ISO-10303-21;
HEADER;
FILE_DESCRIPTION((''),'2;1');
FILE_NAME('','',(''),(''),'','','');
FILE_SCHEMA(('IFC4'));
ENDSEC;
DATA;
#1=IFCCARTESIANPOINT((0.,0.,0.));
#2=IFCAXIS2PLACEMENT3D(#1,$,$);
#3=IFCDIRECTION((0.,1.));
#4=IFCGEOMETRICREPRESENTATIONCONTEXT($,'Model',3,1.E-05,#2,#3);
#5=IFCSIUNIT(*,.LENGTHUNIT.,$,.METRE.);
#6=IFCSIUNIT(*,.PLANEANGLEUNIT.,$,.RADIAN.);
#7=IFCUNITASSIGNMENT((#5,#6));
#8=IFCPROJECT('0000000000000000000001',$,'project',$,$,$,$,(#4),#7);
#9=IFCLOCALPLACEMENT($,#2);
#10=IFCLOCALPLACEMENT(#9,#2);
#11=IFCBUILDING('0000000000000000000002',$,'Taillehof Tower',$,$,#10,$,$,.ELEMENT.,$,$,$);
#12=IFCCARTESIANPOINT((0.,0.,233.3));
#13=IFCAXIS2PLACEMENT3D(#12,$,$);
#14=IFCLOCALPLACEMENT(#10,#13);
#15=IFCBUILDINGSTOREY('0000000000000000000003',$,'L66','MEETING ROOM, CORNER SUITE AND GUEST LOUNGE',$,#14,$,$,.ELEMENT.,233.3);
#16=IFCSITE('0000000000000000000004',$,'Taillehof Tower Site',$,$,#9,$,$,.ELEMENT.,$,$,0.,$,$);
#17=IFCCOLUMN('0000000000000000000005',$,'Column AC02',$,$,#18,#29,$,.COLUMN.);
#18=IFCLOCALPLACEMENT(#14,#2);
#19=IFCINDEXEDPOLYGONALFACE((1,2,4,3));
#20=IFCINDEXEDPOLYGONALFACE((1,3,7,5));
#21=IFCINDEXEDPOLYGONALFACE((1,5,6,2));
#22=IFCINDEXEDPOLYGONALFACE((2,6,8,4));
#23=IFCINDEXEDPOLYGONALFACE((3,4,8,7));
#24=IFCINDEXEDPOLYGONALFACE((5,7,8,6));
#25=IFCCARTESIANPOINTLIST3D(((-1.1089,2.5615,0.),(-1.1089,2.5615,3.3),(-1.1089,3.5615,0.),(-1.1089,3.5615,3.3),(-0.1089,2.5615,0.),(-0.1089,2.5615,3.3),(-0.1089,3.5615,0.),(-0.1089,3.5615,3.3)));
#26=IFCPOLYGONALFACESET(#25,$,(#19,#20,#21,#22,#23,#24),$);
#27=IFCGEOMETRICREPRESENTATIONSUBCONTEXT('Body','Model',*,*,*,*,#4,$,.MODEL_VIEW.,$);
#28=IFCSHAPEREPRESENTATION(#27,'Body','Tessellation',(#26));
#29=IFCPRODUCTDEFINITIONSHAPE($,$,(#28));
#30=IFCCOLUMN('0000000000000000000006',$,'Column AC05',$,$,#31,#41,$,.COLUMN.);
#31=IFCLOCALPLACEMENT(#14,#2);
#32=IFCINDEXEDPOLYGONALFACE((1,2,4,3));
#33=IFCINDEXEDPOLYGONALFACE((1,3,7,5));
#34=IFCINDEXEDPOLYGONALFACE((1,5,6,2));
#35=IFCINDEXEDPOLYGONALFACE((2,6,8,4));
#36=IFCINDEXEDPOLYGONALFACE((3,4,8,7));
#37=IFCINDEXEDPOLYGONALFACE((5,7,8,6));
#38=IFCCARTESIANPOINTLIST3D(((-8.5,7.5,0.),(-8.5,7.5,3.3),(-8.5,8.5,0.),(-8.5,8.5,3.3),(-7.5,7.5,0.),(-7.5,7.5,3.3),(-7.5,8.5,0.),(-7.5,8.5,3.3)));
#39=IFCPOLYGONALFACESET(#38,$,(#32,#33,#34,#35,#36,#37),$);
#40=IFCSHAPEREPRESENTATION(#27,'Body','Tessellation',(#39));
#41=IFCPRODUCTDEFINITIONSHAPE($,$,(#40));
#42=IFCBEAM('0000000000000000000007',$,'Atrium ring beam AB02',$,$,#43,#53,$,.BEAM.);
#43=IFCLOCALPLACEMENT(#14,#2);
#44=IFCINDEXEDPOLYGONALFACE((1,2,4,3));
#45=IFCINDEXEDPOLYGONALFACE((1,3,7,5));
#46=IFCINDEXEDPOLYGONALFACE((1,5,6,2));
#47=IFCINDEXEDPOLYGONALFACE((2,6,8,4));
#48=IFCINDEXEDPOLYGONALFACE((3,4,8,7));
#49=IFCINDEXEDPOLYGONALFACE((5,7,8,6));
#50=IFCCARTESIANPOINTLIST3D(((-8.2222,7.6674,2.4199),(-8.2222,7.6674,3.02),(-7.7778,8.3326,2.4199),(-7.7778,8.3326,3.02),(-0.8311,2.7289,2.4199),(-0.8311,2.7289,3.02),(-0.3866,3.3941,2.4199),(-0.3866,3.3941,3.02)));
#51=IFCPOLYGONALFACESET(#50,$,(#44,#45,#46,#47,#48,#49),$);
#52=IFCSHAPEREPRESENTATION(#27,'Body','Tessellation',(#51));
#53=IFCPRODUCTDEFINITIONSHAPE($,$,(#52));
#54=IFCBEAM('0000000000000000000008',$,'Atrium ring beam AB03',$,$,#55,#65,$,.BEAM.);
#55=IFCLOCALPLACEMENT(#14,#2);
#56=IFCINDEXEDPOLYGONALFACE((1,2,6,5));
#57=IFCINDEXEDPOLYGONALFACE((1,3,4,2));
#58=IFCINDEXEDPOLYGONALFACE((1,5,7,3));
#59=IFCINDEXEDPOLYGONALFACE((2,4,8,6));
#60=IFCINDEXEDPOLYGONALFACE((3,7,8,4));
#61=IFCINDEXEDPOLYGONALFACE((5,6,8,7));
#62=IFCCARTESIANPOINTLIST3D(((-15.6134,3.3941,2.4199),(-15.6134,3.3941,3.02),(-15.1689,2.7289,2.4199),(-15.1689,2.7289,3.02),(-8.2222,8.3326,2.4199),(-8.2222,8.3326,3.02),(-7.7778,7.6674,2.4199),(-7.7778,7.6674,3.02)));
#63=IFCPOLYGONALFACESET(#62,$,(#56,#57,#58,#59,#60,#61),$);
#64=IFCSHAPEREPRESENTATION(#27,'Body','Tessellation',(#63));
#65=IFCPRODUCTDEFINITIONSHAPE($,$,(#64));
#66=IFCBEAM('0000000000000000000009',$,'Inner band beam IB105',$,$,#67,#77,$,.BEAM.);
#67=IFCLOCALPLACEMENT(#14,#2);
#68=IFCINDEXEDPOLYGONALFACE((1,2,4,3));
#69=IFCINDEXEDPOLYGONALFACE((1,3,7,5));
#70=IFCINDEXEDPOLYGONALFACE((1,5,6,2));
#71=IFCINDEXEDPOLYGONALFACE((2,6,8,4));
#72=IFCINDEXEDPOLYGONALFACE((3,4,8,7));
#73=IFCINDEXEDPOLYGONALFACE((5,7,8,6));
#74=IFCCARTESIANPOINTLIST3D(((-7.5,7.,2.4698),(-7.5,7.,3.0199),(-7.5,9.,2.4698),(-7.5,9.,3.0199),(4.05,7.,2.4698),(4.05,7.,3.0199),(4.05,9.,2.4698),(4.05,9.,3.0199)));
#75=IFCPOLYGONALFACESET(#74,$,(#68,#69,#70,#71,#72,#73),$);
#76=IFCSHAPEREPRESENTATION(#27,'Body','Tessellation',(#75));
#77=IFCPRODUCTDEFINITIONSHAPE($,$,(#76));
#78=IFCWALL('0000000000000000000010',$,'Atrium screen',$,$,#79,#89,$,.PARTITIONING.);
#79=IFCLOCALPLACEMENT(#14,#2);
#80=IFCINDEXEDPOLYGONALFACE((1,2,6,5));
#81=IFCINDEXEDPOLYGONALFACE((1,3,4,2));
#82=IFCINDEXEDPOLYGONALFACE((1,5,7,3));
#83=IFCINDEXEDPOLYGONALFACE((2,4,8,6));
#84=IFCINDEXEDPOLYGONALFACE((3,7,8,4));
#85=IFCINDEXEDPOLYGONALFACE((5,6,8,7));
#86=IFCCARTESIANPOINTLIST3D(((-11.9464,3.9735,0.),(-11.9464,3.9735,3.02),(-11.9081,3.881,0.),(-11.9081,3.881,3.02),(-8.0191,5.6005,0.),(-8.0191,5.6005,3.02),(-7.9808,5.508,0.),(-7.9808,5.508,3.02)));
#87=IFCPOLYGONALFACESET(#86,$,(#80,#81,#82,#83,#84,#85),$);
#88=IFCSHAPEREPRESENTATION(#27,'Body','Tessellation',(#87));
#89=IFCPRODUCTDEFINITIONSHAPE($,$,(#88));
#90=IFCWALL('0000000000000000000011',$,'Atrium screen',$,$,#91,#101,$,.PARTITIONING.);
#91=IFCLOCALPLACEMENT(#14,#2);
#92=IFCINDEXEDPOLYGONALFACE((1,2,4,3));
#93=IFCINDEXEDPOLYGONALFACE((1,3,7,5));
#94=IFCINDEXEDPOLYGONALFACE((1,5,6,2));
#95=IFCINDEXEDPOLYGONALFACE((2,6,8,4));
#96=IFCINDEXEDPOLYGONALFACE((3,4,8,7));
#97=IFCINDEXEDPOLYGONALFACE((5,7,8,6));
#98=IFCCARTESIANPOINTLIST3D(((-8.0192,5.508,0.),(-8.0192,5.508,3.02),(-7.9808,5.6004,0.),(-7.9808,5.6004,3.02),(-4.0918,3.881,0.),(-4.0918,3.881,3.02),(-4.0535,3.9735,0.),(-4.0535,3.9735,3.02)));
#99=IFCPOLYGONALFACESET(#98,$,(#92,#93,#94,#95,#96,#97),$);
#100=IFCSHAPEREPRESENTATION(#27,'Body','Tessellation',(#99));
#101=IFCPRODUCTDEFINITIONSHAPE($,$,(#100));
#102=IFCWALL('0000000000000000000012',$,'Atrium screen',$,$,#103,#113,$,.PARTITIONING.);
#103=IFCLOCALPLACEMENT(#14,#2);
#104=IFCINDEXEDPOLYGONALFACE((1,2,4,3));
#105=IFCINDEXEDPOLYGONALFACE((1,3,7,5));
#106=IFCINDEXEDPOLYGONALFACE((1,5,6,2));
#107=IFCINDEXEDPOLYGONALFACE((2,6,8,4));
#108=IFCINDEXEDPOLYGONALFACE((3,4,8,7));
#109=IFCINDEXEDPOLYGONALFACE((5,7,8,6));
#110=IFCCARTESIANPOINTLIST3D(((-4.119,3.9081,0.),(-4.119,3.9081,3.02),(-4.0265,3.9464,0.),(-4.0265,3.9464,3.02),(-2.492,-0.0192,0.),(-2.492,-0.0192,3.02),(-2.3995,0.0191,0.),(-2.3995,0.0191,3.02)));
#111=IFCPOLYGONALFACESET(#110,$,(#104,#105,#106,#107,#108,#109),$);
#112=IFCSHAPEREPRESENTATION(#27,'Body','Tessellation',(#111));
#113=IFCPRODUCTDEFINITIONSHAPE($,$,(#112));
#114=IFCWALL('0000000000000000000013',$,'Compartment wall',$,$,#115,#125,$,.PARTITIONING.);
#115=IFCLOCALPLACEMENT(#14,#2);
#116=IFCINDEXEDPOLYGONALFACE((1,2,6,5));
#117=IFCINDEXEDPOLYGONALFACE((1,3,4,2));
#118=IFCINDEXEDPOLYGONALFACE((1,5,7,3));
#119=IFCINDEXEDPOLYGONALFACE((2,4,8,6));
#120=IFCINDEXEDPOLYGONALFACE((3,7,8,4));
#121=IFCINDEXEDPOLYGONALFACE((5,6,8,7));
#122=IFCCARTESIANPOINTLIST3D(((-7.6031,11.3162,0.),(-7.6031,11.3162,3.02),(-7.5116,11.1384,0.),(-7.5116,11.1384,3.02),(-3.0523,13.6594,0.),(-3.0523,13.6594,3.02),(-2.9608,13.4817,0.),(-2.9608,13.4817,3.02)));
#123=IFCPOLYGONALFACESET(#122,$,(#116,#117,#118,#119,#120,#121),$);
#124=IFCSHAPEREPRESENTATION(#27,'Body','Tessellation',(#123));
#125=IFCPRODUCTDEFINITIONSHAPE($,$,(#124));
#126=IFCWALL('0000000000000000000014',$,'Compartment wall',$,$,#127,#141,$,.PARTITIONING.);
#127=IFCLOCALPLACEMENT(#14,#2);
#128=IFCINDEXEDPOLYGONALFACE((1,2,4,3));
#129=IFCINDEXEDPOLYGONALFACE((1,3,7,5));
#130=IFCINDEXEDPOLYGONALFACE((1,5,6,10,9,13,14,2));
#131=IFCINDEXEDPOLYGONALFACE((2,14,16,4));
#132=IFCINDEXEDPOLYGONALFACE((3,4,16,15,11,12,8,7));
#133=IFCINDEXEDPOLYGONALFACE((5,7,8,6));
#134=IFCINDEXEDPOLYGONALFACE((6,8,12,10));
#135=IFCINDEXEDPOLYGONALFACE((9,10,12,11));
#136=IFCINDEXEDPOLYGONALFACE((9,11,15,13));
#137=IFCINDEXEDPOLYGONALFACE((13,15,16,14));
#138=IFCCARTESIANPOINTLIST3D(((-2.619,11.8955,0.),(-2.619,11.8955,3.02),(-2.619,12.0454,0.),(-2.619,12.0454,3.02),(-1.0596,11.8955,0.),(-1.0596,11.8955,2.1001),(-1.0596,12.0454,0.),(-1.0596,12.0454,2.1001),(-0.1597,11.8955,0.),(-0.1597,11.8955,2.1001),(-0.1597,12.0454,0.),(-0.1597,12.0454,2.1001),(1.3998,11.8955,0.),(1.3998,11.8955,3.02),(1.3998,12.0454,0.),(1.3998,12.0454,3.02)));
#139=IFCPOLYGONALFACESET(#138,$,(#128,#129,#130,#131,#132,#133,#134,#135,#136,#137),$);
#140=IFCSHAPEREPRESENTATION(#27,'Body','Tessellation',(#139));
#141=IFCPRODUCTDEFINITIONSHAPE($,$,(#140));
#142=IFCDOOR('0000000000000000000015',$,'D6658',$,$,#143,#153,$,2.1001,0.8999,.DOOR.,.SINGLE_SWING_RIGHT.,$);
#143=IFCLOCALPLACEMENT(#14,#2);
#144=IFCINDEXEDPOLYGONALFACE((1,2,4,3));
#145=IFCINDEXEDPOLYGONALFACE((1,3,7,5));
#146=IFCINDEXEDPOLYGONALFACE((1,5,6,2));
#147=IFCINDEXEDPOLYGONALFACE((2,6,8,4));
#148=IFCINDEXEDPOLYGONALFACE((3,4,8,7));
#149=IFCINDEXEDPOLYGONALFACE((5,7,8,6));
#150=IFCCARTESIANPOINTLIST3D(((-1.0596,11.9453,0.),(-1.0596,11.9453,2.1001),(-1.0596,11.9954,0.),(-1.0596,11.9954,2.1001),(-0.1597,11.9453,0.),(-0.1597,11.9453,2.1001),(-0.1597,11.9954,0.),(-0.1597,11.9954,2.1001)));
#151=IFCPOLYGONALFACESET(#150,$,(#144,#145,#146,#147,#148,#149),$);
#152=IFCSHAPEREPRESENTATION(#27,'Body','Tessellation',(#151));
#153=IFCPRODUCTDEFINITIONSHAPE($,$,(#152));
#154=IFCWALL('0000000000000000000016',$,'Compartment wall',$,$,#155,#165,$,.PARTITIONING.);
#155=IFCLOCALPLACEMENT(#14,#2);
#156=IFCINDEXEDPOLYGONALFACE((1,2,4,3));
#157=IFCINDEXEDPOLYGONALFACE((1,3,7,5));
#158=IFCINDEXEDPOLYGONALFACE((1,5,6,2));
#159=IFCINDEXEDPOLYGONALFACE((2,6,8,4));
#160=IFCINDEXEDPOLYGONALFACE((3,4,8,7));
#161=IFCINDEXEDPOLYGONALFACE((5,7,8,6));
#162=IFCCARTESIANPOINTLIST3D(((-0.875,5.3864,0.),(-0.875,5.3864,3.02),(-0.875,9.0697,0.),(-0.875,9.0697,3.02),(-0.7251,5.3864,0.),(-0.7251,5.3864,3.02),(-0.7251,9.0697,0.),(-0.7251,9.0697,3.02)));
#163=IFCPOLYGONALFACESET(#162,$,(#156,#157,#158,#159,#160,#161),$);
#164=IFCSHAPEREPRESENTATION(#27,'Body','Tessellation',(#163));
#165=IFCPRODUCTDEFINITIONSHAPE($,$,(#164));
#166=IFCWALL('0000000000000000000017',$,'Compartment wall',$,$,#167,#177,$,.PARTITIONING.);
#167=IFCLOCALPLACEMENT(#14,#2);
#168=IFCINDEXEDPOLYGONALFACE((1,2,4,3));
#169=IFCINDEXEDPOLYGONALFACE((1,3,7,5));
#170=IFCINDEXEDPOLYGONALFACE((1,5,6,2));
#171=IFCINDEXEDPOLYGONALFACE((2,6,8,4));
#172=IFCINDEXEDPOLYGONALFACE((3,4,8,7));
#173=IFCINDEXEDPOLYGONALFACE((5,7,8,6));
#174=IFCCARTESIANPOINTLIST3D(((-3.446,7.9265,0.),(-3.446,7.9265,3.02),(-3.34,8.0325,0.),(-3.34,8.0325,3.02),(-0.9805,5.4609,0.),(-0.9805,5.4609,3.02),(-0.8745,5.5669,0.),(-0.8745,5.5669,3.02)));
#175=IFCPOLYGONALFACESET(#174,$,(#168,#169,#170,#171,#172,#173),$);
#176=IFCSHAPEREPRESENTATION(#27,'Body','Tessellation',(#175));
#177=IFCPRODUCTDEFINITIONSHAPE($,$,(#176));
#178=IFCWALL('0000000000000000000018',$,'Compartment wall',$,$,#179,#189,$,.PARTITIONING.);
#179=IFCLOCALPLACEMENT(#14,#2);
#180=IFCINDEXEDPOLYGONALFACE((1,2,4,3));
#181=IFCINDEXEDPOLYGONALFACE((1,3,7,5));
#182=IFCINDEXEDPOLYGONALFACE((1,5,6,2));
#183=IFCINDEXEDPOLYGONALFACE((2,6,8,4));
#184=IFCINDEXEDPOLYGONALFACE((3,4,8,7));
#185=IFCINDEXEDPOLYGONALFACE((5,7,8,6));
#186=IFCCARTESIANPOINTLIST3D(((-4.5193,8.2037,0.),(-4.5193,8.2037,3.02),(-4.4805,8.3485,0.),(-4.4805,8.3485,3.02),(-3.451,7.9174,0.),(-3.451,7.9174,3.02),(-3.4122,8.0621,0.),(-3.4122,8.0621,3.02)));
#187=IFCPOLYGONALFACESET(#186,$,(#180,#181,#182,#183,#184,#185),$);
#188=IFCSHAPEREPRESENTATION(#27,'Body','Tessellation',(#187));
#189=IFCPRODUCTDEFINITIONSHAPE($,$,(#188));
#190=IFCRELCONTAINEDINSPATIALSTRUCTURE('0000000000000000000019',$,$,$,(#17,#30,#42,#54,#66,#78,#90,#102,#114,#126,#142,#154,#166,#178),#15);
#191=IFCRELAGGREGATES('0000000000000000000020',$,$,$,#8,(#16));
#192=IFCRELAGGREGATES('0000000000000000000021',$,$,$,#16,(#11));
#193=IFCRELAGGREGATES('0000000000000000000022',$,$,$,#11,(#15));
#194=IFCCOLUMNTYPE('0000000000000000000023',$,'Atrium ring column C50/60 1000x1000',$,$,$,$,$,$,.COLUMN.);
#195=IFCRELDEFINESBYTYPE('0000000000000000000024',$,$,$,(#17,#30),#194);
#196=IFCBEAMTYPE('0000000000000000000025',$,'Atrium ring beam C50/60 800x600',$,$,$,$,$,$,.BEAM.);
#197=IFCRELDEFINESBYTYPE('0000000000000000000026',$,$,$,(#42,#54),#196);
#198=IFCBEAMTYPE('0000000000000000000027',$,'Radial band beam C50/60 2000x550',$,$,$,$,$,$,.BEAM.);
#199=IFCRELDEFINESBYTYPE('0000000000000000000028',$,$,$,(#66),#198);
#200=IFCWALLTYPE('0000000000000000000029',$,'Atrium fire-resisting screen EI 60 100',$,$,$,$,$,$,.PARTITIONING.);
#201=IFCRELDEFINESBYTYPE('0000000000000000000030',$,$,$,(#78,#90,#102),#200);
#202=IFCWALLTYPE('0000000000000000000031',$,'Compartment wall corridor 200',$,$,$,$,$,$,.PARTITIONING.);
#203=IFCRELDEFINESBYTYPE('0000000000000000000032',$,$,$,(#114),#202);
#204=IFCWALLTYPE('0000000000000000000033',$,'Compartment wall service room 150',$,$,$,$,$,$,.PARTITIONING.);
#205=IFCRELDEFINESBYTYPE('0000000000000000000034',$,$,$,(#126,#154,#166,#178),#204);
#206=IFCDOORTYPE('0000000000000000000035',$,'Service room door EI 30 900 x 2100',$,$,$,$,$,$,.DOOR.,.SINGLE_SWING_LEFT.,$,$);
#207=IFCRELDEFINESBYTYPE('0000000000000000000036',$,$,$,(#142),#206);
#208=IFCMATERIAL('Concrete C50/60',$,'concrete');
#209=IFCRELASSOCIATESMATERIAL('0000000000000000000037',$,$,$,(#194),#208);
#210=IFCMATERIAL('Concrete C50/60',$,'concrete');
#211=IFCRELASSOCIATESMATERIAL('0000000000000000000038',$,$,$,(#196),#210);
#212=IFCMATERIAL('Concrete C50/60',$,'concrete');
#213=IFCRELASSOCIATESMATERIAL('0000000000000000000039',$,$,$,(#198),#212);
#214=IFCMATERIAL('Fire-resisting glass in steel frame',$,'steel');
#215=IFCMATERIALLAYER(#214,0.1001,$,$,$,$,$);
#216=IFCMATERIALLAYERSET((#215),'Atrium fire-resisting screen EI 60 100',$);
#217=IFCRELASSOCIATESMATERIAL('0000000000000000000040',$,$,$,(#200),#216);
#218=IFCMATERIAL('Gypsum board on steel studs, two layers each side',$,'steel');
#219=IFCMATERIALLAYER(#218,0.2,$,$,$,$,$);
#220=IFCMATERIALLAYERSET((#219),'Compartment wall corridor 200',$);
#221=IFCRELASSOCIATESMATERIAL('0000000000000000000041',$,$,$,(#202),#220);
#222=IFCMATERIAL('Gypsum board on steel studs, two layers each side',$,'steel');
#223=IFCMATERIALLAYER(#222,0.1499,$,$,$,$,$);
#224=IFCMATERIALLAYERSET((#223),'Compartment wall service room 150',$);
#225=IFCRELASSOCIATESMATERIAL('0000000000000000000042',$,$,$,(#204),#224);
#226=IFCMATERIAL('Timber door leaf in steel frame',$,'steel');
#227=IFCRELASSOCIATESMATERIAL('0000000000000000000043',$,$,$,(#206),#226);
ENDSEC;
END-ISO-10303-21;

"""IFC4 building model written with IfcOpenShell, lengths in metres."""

from ifc_helpers import new_model, si_unit, direction, frame, frame_2d, origin, origin_2d, place, context, subcontext, project, spatial, rectangle, extrude, material, layer, layer_set, material_profile, profile_set, type_object, element, fill, save


model = new_model("IFC4")

# Units and contexts
model_context = context("Model", 3, precision=1e-05, world=origin(), true_north=direction((0.0, 1.0)))
body_context = subcontext(model_context, "Body", "Model", "MODEL_VIEW")
ifc_project = project(units=[si_unit("LENGTHUNIT", "METRE"), si_unit("PLANEANGLEUNIT", "RADIAN")], contexts=[model_context])

# Site, building, storey
site_placement = place(None, origin())
site = spatial("IfcSite", under=ifc_project, at=site_placement, Name="Taillehof Tower Site", CompositionType="ELEMENT", RefElevation=0.0)
building_placement = place(site_placement, origin())
building = spatial("IfcBuilding", under=site, at=building_placement, Name="Taillehof Tower", CompositionType="ELEMENT")
storey_placement = place(building_placement, frame((0.0, 0.0, 233.3)))
storey = spatial("IfcBuildingStorey", under=building, at=storey_placement, Name="L66", Description="MEETING ROOM, CORNER SUITE AND GUEST LOUNGE", CompositionType="ELEMENT", Elevation=233.3)

# Columns
ifc_material_1 = material(Name="Concrete C50/60", Category="concrete")
ifc_material_profile_1 = material_profile(ifc_material_1, rectangle(XDim=1.0, YDim=1.0, at=origin_2d()), Name="RC 1000x1000")
ifc_profile_set_1 = profile_set([ifc_material_profile_1], Name="Concrete C50/60")
column_type = type_object("IfcColumnType", Name="Atrium ring column C50/60 1000x1000", PredefinedType="COLUMN", material=ifc_profile_set_1)
for number, where, z_axis, x_axis, name in (
    (1, (-0.6089, 3.0615, 0.0), (0.0, 0.0, 1.0), (1.0, 0.0, 0.0), "Column AC02"),
    (2, (-8.0, 8.0, 0.0), (0.0, 0.0, 1.0), (1.0, 0.0, 0.0), "Column AC05"),
):
    element("IfcColumn", number, at=place(storey_placement, frame(where, z_axis=z_axis, x_axis=x_axis)), inside=storey, type_object=column_type, Name=name, PredefinedType="COLUMN", context=body_context, shape_type="SweptSolid", body=[
        extrude(rectangle(XDim=1.0, YDim=1.0, at=origin_2d()), origin(), (0.0, 0.0, 1.0), 3.3),
    ])

# Beams
ifc_material_2 = material(Name="Concrete C50/60", Category="concrete")
ifc_material_profile_2 = material_profile(ifc_material_2, rectangle(XDim=0.8, YDim=0.6001, at=origin_2d()), Name="RC 800x600")
ifc_profile_set_2 = profile_set([ifc_material_profile_2], Name="Concrete C50/60")
beam_type_1 = type_object("IfcBeamType", Name="Atrium ring beam C50/60 800x600", PredefinedType="BEAM", material=ifc_profile_set_2)
for number, where, z_axis, x_axis, name in (
    (3, (-0.6089, 3.0615, 2.72), (-0.831475, 0.555562, 0.0), (-0.555562, -0.831475, 0.0), "Atrium ring beam AB02"),
    (4, (-8.0, 8.0, 2.72), (-0.831475, -0.555562, 0.0), (0.555562, -0.831475, 0.0), "Atrium ring beam AB03"),
):
    element("IfcBeam", number, at=place(storey_placement, frame(where, z_axis=z_axis, x_axis=x_axis)), inside=storey, type_object=beam_type_1, Name=name, PredefinedType="BEAM", context=body_context, shape_type="SweptSolid", body=[
        extrude(rectangle(XDim=0.8, YDim=0.6001, at=origin_2d()), origin(), (0.0, 0.0, 1.0), 8.8892),
    ])
ifc_material_3 = material(Name="Concrete C50/60", Category="concrete")
ifc_material_profile_3 = material_profile(ifc_material_3, rectangle(XDim=2.0, YDim=0.55, at=origin_2d()), Name="RC 2000x550")
ifc_profile_set_3 = profile_set([ifc_material_profile_3], Name="Concrete C50/60")
beam_type_2 = type_object("IfcBeamType", Name="Radial band beam C50/60 2000x550", PredefinedType="BEAM", material=ifc_profile_set_3)
beam_placement = place(storey_placement, frame((-7.5, 8.0, 2.7449), z_axis=(1.0, 0.0, 0.0), x_axis=(0.0, 1.0, 0.0)))
element("IfcBeam", 5, at=beam_placement, inside=storey, type_object=beam_type_2, Name="Inner band beam IB105", PredefinedType="BEAM", context=body_context, shape_type="SweptSolid", body=[
    extrude(rectangle(XDim=2.0, YDim=0.55, at=origin_2d()), origin(), (0.0, 0.0, 1.0), 11.55),
])

# Walls
ifc_material_4 = material(Name="Fire-resisting glass in steel frame", Category="steel")
ifc_layer_1 = layer(ifc_material_4, 0.1001)
ifc_layer_set_1 = layer_set([ifc_layer_1], Name="Atrium fire-resisting screen EI 60 100")
wall_type_1 = type_object("IfcWallType", Name="Atrium fire-resisting screen EI 60 100", PredefinedType="PARTITIONING", material=ifc_layer_set_1)
for number, where, z_axis, x_axis, name in (
    (6, (-11.9272, 3.9272, 0.0), (0.0, 0.0, 1.0), (0.92386, 0.382731, 0.0), "Atrium screen"),
    (7, (-8.0, 5.5542, 0.0), (0.0, 0.0, 1.0), (0.92386, -0.382731, 0.0), "Atrium screen"),
    (8, (-4.0728, 3.9272, 0.0), (0.0, 0.0, 1.0), (0.382731, -0.92386, 0.0), "Atrium screen"),
):
    element("IfcWall", number, at=place(storey_placement, frame(where, z_axis=z_axis, x_axis=x_axis)), inside=storey, type_object=wall_type_1, Name=name, PredefinedType="PARTITIONING", context=body_context, shape_type="SweptSolid", body=[
        extrude(rectangle(XDim=4.251, YDim=0.1001, at=frame_2d((2.1255, 0.0))), origin(), (0.0, 0.0, 1.0), 3.02),
    ])
ifc_material_5 = material(Name="Gypsum board on steel studs, two layers each side", Category="steel")
ifc_layer_2 = layer(ifc_material_5, 0.2)
ifc_layer_set_2 = layer_set([ifc_layer_2], Name="Compartment wall corridor 200")
wall_type_2 = type_object("IfcWallType", Name="Compartment wall corridor 200", PredefinedType="PARTITIONING", material=ifc_layer_set_2)
wall_1_placement = place(storey_placement, frame((-7.5574, 11.2273, 0.0), z_axis=(0.0, 0.0, 1.0), x_axis=(0.88906, 0.45779, 0.0)))
element("IfcWall", 9, at=wall_1_placement, inside=storey, type_object=wall_type_2, Name="Compartment wall", PredefinedType="PARTITIONING", context=body_context, shape_type="SweptSolid", body=[
    extrude(rectangle(XDim=5.1187, YDim=0.2, at=frame_2d((2.5593, 0.0))), origin(), (0.0, 0.0, 1.0), 3.02),
])

# Wall, opening, door
ifc_material_6 = material(Name="Gypsum board on steel studs, two layers each side", Category="steel")
ifc_layer_3 = layer(ifc_material_6, 0.1499)
ifc_layer_set_3 = layer_set([ifc_layer_3], Name="Compartment wall service room 150")
wall_type_3 = type_object("IfcWallType", Name="Compartment wall service room 150", PredefinedType="PARTITIONING", material=ifc_layer_set_3)
wall_2_placement = place(storey_placement, frame((-2.6189, 11.9705, 0.0), z_axis=(0.0, 0.0, 1.0), x_axis=(1.0, 0.0, 0.0)))
wall_2 = element("IfcWall", 10, at=wall_2_placement, inside=storey, type_object=wall_type_3, Name="Compartment wall", PredefinedType="PARTITIONING", context=body_context, shape_type="SweptSolid", body=[
    extrude(rectangle(XDim=4.0188, YDim=0.1499, at=frame_2d((2.0093, 0.0))), origin(), (0.0, 0.0, 1.0), 3.02),
])
opening_1_placement = place(wall_2_placement, frame((1.5593, 0.0, 0.0)))
opening_1 = element("IfcOpeningElement", 11, at=opening_1_placement, cuts=wall_2, PredefinedType="OPENING", context=body_context, shape_type="SweptSolid", body=[
    extrude(rectangle(XDim=0.8999, YDim=2.1001, at=frame_2d((0.45, 1.05))), frame((0.0, 0.085, 0.0), z_axis=(0.0, -1.0, 0.0), x_axis=(1.0, 0.0, 0.0)), (0.0, 0.0, 1.0), 0.1699),
])
ifc_material_7 = material(Name="Timber door leaf in steel frame", Category="steel")
door_type_1 = type_object("IfcDoorType", Name="Service room door EI 30 900 x 2100", OperationType="SINGLE_SWING_LEFT", PredefinedType="DOOR", material=ifc_material_7)
door_1_placement = place(opening_1_placement, origin())
door_1 = element("IfcDoor", 12, at=door_1_placement, inside=storey, type_object=door_type_1, Name="D6658", OperationType="SINGLE_SWING_RIGHT", OverallHeight=2.1001, OverallWidth=0.8999, PredefinedType="DOOR", context=body_context, shape_type="SweptSolid", body=[
    extrude(rectangle(XDim=0.8999, YDim=2.1001, at=frame_2d((0.45, 1.05))), frame((0.0, 0.0249, 0.0), z_axis=(0.0, -1.0, 0.0), x_axis=(1.0, 0.0, 0.0)), (0.0, 0.0, 1.0), 0.05),
])
fill(opening_1, door_1)

# Walls
wall_3_placement = place(storey_placement, frame((-0.8, 9.0698, 0.0), z_axis=(0.0, 0.0, 1.0), x_axis=(0.0, -1.0, 0.0)))
element("IfcWall", 13, at=wall_3_placement, inside=storey, type_object=wall_type_3, Name="Compartment wall", PredefinedType="PARTITIONING", context=body_context, shape_type="SweptSolid", body=[
    extrude(rectangle(XDim=3.6833, YDim=0.1499, at=frame_2d((1.8418, 0.0))), origin(), (0.0, 0.0, 1.0), 3.02),
])
wall_4_placement = place(storey_placement, frame((-0.9275, 5.5139, 0.0), z_axis=(0.0, 0.0, 1.0), x_axis=(-0.707107, 0.707107, 0.0)))
element("IfcWall", 14, at=wall_4_placement, inside=storey, type_object=wall_type_3, Name="Compartment wall", PredefinedType="PARTITIONING", context=body_context, shape_type="SweptSolid", body=[
    extrude(rectangle(XDim=3.4868, YDim=0.1499, at=frame_2d((1.7434, 0.0))), origin(), (0.0, 0.0, 1.0), 3.02),
])
wall_5_placement = place(storey_placement, frame((-3.4316, 7.9897, 0.0), z_axis=(0.0, 0.0, 1.0), x_axis=(-0.965901, 0.258913, 0.0)))
element("IfcWall", 15, at=wall_5_placement, inside=storey, type_object=wall_type_3, Name="Compartment wall", PredefinedType="PARTITIONING", context=body_context, shape_type="SweptSolid", body=[
    extrude(rectangle(XDim=1.106, YDim=0.1499, at=frame_2d((0.553, 0.0))), origin(), (0.0, 0.0, 1.0), 3.02),
])

save(model, "model.ifc")
